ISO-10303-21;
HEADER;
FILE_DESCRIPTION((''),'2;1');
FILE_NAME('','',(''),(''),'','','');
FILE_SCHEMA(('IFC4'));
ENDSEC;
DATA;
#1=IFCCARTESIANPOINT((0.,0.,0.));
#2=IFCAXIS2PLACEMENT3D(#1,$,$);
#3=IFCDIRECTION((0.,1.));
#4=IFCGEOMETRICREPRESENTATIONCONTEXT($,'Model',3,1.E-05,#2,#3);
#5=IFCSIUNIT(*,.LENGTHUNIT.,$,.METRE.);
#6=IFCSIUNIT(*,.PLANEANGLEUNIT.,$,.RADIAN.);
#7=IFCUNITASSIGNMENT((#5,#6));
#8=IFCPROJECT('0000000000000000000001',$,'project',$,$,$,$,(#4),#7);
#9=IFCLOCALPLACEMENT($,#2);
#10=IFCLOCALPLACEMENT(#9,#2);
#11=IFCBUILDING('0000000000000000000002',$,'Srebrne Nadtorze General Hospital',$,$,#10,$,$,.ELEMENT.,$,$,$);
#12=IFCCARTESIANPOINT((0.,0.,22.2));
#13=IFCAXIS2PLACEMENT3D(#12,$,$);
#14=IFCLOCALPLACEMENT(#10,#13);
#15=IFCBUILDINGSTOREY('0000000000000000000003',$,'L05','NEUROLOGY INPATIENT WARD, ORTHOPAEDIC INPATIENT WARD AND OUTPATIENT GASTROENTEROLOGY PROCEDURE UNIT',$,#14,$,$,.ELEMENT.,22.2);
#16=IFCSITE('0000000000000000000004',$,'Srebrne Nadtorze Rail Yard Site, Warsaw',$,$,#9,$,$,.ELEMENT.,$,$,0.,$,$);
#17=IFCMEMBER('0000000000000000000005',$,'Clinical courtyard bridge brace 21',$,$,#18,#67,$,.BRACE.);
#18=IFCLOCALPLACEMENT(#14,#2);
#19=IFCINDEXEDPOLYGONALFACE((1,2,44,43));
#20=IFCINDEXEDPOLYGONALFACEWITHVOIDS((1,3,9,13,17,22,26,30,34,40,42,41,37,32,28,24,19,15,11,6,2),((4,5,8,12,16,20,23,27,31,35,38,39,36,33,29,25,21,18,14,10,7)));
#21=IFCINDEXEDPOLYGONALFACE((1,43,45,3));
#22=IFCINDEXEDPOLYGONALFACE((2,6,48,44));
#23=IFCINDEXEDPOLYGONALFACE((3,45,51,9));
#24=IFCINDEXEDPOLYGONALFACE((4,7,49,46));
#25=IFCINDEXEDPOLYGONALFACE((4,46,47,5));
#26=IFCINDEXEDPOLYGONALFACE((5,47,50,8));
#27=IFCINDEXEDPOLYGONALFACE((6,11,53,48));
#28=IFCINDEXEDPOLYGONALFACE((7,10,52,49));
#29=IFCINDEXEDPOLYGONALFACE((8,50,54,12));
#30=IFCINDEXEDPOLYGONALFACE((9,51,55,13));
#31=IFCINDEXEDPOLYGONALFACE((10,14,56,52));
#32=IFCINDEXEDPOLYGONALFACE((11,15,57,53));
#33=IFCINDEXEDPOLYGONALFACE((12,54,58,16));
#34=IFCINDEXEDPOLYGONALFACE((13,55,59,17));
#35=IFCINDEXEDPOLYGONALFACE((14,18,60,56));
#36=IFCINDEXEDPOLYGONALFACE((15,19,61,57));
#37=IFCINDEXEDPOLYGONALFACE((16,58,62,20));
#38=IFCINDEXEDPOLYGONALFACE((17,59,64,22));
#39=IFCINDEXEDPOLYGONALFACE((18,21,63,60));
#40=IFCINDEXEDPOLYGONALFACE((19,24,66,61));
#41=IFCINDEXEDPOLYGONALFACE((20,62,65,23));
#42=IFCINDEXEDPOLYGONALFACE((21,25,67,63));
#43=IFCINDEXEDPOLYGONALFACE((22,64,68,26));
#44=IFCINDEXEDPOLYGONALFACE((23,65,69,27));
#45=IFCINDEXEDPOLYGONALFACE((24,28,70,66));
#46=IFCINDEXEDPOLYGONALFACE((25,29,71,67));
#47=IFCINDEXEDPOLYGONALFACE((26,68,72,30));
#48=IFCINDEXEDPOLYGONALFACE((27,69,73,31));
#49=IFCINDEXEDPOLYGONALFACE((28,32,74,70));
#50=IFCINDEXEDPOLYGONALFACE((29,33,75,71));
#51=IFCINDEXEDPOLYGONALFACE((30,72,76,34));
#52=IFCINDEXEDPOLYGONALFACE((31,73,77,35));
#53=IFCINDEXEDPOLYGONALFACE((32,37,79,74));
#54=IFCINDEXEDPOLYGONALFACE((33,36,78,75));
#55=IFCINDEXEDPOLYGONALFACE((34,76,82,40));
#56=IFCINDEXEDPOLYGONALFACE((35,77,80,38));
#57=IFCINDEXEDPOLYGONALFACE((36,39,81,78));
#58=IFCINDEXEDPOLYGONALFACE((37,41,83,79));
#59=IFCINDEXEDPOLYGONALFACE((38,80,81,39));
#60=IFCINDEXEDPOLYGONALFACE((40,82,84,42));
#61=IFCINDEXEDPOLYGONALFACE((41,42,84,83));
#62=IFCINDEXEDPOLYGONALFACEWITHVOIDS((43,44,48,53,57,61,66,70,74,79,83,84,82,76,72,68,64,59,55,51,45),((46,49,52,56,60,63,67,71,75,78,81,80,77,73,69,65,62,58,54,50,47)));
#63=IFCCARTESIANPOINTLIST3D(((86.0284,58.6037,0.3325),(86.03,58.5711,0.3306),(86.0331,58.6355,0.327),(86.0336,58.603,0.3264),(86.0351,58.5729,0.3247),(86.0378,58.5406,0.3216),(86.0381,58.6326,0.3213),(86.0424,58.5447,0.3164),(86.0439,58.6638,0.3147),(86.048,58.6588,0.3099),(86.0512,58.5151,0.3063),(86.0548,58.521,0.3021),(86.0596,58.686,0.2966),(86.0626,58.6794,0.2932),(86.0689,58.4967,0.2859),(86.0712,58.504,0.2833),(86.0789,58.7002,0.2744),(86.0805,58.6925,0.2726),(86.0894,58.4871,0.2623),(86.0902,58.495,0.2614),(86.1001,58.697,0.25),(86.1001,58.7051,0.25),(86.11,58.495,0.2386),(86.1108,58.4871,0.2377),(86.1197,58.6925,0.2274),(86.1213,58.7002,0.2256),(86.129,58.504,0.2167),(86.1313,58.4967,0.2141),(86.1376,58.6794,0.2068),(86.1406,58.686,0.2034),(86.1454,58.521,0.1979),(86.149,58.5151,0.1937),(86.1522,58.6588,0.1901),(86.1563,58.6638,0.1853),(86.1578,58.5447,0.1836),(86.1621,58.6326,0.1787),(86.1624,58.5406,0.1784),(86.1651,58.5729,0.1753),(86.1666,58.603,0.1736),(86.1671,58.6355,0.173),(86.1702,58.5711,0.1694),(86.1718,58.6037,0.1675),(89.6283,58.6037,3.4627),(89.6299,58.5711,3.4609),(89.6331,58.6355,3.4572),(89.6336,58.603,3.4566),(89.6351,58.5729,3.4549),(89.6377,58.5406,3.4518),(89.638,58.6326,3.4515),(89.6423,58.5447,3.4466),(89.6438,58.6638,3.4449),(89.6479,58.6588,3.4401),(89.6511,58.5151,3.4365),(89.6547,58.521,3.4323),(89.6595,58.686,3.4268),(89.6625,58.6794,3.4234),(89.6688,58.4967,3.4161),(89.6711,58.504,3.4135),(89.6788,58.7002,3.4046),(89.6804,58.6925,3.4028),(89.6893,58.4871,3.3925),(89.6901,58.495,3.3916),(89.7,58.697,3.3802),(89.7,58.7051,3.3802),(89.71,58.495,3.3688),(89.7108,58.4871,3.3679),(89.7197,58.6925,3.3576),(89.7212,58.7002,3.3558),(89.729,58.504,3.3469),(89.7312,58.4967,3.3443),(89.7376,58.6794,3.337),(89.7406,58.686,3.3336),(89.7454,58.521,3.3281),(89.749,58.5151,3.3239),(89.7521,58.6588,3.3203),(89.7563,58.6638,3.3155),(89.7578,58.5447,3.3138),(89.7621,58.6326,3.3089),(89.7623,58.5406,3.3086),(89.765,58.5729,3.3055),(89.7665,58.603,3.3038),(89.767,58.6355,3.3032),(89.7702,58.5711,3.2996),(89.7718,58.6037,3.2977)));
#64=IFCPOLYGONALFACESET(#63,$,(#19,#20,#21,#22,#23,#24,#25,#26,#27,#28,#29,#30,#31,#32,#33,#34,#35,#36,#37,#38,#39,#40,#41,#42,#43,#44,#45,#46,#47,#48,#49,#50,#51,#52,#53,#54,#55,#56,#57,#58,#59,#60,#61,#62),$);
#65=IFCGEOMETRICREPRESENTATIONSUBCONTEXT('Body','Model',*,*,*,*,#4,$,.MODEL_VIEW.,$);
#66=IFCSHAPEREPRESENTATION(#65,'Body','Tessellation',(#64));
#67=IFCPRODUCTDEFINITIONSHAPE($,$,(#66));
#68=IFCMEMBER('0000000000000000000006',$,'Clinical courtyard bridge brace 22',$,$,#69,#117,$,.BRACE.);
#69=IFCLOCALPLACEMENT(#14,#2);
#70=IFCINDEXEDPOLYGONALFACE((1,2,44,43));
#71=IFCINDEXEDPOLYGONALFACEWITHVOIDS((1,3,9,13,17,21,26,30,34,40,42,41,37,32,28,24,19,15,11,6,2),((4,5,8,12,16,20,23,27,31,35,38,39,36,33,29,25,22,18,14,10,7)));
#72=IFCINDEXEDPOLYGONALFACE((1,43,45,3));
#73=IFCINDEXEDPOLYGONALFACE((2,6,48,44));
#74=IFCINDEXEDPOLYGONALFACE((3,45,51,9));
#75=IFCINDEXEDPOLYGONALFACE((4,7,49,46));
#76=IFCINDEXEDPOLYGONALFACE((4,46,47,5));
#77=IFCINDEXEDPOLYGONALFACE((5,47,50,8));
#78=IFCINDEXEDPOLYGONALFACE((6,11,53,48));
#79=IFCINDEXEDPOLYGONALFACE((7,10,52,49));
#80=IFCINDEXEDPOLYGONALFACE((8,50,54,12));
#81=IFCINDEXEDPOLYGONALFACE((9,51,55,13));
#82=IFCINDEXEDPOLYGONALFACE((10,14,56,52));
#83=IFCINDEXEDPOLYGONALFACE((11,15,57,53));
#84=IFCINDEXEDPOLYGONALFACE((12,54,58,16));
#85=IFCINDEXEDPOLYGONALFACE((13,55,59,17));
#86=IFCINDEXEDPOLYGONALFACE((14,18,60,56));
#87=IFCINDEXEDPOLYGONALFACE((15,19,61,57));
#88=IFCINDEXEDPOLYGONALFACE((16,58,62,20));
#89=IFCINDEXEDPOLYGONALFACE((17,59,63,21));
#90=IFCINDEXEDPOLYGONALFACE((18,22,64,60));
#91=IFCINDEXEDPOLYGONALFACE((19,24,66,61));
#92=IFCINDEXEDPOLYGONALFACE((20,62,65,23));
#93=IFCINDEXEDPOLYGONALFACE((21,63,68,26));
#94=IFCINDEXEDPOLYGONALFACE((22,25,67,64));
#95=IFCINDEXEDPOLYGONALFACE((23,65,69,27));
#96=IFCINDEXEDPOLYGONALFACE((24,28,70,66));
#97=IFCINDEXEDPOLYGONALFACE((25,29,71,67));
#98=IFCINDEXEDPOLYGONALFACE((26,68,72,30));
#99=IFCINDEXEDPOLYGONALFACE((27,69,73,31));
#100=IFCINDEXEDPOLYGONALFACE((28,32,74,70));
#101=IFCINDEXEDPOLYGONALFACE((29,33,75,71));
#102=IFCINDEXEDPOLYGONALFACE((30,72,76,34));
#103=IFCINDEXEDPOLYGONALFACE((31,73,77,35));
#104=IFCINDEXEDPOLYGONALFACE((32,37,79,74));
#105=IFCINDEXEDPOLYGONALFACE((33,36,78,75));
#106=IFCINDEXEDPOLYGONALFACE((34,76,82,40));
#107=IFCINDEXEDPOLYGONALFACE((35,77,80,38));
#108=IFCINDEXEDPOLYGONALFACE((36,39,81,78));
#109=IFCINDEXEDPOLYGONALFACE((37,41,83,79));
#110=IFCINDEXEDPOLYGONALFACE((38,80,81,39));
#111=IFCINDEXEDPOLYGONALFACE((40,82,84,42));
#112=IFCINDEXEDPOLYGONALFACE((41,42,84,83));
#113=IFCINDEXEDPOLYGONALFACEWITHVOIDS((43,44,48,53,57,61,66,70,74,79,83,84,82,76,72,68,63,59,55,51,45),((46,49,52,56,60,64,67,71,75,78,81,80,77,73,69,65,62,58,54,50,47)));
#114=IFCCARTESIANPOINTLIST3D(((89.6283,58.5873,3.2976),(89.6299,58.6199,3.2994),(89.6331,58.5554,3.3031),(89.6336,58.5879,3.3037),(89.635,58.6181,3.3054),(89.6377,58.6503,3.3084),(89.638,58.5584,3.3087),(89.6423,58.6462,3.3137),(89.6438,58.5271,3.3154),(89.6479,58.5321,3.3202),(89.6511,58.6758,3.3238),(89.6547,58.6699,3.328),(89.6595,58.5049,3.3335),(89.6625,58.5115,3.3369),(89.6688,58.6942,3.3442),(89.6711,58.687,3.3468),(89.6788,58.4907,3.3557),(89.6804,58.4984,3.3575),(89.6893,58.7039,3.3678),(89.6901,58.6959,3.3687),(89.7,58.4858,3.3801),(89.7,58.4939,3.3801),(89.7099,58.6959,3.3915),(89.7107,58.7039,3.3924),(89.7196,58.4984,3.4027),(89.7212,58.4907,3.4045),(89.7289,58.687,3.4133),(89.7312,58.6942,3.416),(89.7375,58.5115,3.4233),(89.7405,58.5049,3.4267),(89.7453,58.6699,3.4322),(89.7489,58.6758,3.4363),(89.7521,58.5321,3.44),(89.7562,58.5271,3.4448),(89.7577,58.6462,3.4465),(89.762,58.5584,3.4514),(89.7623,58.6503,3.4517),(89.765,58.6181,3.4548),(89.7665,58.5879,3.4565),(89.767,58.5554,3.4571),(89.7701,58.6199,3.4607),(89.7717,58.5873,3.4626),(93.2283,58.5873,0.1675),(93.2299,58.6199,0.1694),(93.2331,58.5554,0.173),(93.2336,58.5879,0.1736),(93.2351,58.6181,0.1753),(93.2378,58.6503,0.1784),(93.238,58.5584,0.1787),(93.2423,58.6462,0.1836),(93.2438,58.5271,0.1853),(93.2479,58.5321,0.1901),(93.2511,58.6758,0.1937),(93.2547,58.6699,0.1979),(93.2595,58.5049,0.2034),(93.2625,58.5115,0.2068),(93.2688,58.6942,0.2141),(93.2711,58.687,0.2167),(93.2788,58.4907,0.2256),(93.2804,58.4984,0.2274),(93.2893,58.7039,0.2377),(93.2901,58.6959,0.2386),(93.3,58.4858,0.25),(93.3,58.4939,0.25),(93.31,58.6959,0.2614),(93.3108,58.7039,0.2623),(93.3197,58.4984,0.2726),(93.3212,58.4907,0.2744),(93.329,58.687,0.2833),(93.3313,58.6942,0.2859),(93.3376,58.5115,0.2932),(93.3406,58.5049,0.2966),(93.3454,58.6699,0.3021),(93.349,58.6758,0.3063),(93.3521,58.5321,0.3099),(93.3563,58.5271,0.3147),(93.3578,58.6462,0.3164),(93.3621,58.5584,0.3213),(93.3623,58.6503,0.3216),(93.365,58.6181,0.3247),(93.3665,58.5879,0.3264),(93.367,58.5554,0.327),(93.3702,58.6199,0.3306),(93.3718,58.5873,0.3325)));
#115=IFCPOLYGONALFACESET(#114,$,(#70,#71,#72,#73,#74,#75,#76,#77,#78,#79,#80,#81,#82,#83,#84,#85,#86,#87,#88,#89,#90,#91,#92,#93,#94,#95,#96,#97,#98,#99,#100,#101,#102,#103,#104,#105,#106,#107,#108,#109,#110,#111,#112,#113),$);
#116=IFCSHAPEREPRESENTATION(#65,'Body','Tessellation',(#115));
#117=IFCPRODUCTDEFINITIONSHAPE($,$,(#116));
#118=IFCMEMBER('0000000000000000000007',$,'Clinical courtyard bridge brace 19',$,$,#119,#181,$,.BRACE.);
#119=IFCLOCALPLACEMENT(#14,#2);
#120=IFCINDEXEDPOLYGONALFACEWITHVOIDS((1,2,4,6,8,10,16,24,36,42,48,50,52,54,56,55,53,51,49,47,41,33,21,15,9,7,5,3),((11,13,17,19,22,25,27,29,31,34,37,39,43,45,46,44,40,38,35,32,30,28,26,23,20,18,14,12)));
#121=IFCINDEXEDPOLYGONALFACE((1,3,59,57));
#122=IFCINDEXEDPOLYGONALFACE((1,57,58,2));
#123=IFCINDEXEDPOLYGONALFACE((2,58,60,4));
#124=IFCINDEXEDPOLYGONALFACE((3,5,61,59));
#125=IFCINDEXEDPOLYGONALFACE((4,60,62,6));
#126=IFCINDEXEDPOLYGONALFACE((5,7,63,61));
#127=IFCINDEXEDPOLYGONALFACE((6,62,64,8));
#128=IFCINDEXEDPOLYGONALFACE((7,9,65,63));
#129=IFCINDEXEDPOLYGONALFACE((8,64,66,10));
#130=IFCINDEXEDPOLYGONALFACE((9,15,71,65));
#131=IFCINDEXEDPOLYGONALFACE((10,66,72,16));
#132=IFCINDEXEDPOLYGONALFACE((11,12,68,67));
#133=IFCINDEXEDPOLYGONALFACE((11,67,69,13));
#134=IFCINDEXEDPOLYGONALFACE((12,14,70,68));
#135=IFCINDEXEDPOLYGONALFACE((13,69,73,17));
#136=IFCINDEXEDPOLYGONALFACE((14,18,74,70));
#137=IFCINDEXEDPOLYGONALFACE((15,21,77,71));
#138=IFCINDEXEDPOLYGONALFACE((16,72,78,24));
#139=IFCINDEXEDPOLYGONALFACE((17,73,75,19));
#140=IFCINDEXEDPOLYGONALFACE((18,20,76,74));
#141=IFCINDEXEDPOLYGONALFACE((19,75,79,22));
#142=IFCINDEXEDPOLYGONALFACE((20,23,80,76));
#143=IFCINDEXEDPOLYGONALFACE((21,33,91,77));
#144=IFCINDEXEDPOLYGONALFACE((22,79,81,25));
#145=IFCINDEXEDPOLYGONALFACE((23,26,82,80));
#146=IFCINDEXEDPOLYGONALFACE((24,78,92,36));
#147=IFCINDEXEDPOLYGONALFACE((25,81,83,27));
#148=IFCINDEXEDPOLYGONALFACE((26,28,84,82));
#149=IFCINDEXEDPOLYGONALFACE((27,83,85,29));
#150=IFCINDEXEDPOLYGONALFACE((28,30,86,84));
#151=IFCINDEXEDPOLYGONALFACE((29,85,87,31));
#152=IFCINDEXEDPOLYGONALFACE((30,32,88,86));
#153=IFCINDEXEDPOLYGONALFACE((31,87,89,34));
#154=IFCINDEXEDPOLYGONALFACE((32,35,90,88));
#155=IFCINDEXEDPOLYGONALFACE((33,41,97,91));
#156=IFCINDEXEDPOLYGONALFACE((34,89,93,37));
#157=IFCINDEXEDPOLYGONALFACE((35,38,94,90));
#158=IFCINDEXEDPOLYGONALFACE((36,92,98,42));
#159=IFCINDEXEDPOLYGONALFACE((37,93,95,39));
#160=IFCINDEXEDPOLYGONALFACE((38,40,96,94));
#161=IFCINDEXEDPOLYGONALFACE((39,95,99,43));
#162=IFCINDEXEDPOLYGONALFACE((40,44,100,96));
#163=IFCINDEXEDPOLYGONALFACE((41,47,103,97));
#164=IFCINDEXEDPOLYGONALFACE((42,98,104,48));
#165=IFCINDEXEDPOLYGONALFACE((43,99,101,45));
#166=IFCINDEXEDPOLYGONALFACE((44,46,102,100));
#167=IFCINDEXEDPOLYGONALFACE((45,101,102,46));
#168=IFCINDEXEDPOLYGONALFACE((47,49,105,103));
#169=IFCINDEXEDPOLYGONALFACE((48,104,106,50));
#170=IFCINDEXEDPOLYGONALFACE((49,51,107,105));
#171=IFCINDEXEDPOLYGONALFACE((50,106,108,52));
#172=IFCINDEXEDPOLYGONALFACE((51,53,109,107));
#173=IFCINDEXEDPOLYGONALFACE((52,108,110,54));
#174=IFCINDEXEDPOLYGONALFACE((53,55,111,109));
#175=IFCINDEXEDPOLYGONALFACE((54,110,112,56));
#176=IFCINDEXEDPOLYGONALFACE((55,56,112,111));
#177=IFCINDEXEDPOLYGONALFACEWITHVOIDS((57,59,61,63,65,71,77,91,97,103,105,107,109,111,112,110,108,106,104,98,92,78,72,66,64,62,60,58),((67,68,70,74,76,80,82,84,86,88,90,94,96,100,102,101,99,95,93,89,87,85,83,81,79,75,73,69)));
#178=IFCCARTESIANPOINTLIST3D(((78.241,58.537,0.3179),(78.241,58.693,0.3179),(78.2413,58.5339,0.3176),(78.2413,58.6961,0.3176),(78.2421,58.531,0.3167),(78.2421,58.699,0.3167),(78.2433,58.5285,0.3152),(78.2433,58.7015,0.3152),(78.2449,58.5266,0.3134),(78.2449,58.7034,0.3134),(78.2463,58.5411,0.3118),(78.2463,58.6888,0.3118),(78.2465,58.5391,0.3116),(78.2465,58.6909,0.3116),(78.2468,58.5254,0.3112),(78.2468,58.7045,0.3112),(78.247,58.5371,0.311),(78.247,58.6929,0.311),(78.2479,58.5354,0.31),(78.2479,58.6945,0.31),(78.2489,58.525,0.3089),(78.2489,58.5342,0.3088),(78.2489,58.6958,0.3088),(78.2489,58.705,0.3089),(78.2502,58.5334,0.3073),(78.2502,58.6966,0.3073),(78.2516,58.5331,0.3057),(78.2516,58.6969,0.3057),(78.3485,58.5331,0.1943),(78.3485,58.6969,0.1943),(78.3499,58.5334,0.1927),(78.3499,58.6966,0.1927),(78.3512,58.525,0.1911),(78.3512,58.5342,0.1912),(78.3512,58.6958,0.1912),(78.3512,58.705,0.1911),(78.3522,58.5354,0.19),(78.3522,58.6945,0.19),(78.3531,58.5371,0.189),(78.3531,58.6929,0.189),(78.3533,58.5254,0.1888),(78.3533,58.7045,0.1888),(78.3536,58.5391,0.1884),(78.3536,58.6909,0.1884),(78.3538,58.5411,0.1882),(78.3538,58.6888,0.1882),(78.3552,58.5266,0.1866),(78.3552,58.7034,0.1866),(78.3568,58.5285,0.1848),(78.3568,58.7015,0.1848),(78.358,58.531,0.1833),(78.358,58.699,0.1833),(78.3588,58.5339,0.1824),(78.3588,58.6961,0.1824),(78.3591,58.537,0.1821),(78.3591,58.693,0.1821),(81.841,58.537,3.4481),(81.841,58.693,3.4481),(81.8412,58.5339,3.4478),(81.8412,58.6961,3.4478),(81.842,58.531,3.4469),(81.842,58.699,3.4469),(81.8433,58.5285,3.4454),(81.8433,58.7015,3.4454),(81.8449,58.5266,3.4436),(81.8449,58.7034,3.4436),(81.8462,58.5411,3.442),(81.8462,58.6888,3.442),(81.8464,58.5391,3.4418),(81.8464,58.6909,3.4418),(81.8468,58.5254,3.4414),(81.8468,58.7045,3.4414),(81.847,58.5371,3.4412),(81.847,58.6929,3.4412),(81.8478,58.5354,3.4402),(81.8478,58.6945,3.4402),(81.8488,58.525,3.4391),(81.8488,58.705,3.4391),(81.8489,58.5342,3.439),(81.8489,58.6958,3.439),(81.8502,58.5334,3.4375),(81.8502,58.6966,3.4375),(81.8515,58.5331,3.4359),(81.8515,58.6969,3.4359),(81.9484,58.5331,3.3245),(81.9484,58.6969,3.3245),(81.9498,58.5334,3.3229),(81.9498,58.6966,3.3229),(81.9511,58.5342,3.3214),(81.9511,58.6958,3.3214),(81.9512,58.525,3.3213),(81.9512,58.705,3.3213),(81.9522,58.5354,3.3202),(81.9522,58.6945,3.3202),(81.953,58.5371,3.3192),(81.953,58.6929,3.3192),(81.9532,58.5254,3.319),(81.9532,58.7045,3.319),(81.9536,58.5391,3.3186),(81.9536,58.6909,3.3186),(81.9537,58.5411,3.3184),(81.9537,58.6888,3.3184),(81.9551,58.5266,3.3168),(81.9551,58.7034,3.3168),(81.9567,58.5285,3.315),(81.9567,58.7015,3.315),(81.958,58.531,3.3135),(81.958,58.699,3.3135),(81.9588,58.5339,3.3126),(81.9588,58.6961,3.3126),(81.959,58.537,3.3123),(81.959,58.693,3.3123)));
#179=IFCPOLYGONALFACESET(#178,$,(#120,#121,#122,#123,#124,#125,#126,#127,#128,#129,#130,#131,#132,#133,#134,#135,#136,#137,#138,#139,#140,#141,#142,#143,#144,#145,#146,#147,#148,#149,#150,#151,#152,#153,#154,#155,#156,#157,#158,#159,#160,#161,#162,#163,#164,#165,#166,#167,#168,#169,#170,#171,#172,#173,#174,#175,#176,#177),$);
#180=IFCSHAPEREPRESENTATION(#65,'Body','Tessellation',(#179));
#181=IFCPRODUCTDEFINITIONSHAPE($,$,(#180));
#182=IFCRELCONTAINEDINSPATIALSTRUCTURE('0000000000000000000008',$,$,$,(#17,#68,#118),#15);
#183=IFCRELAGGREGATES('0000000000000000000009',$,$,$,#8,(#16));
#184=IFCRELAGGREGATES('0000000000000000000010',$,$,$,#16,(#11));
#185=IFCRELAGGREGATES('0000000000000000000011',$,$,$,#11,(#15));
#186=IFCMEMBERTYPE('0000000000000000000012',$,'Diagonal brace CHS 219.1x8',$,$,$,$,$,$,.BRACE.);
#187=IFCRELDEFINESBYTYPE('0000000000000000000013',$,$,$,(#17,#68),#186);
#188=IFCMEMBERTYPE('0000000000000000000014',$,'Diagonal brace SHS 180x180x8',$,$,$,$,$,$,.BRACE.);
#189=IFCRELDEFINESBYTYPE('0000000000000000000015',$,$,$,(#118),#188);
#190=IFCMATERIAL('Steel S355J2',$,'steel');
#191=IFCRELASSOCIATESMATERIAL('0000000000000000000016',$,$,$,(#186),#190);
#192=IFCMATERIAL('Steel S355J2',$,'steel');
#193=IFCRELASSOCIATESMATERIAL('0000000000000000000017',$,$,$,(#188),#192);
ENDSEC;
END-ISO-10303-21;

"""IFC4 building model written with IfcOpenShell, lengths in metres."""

from ifc_helpers import new_model, si_unit, direction, frame, origin, origin_2d, place, context, subcontext, project, spatial, hollow_rectangle, hollow_circle, extrude, material, material_profile, profile_set, type_object, element, save


model = new_model("IFC4")

# Units and contexts
model_context = context("Model", 3, precision=1e-05, world=origin(), true_north=direction((0.0, 1.0)))
body_context = subcontext(model_context, "Body", "Model", "MODEL_VIEW")
ifc_project = project(units=[si_unit("LENGTHUNIT", "METRE"), si_unit("PLANEANGLEUNIT", "RADIAN")], contexts=[model_context])

# Site, building, storey
site_placement = place(None, origin())
site = spatial("IfcSite", under=ifc_project, at=site_placement, Name="Srebrne Nadtorze Rail Yard Site, Warsaw", CompositionType="ELEMENT", RefElevation=0.0)
building_placement = place(site_placement, origin())
building = spatial("IfcBuilding", under=site, at=building_placement, Name="Srebrne Nadtorze General Hospital", CompositionType="ELEMENT")
storey_placement = place(building_placement, frame((0.0, 0.0, 22.2)))
storey = spatial("IfcBuildingStorey", under=building, at=storey_placement, Name="L05", Description="NEUROLOGY INPATIENT WARD, ORTHOPAEDIC INPATIENT WARD AND OUTPATIENT GASTROENTEROLOGY PROCEDURE UNIT", CompositionType="ELEMENT", Elevation=22.2)

# Members
ifc_material_1 = material(Name="Steel S355J2", Category="steel")
ifc_material_profile_1 = material_profile(ifc_material_1, hollow_circle(Radius=0.1096, WallThickness=0.0081, at=origin_2d()), Name="CHS-219.1x8")
ifc_profile_set_1 = profile_set([ifc_material_profile_1], Name="Steel S355J2")
member_type_1 = type_object("IfcMemberType", Name="Diagonal brace CHS 219.1x8", PredefinedType="BRACE", material=ifc_profile_set_1)
for number, where, z_axis, x_axis, name in (
    (1, (86.1001, 58.5955, 0.25), (0.754624, 0.0, 0.656157), (0.0, 1.0, 0.0), "Clinical courtyard bridge brace 21"),
    (2, (93.3, 58.5955, 0.25), (-0.754646, 0.0, 0.656132), (0.0, -1.0, 0.0), "Clinical courtyard bridge brace 22"),
):
    element("IfcMember", number, at=place(storey_placement, frame(where, z_axis=z_axis, x_axis=x_axis)), inside=storey, type_object=member_type_1, Name=name, PredefinedType="BRACE", context=body_context, shape_type="SweptSolid", body=[
        extrude(hollow_circle(Radius=0.1096, WallThickness=0.0081, at=origin_2d()), origin(), (0.0, 0.0, 1.0), 4.7705),
    ])
ifc_material_2 = material(Name="Steel S355J2", Category="steel")
ifc_material_profile_2 = material_profile(ifc_material_2, hollow_rectangle(XDim=0.1799, YDim=0.1799, WallThickness=0.0081, InnerFilletRadius=0.0081, OuterFilletRadius=0.012, at=origin_2d()), Name="SHS-180x180x8")
ifc_profile_set_2 = profile_set([ifc_material_profile_2], Name="Steel S355J2")
member_type_2 = type_object("IfcMemberType", Name="Diagonal brace SHS 180x180x8", PredefinedType="BRACE", material=ifc_profile_set_2)
for number, where, z_axis, x_axis, name in (
    (3, (78.3, 58.615, 0.25), (0.754624, 0.0, 0.656157), (0.0, 1.0, 0.0), "Clinical courtyard bridge brace 19"),
):
    element("IfcMember", number, at=place(storey_placement, frame(where, z_axis=z_axis, x_axis=x_axis)), inside=storey, type_object=member_type_2, Name=name, PredefinedType="BRACE", context=body_context, shape_type="SweptSolid", body=[
        extrude(hollow_rectangle(XDim=0.1799, YDim=0.1799, WallThickness=0.0081, InnerFilletRadius=0.0081, OuterFilletRadius=0.012, at=origin_2d()), origin(), (0.0, 0.0, 1.0), 4.7705),
    ])

save(model, "model.ifc")
